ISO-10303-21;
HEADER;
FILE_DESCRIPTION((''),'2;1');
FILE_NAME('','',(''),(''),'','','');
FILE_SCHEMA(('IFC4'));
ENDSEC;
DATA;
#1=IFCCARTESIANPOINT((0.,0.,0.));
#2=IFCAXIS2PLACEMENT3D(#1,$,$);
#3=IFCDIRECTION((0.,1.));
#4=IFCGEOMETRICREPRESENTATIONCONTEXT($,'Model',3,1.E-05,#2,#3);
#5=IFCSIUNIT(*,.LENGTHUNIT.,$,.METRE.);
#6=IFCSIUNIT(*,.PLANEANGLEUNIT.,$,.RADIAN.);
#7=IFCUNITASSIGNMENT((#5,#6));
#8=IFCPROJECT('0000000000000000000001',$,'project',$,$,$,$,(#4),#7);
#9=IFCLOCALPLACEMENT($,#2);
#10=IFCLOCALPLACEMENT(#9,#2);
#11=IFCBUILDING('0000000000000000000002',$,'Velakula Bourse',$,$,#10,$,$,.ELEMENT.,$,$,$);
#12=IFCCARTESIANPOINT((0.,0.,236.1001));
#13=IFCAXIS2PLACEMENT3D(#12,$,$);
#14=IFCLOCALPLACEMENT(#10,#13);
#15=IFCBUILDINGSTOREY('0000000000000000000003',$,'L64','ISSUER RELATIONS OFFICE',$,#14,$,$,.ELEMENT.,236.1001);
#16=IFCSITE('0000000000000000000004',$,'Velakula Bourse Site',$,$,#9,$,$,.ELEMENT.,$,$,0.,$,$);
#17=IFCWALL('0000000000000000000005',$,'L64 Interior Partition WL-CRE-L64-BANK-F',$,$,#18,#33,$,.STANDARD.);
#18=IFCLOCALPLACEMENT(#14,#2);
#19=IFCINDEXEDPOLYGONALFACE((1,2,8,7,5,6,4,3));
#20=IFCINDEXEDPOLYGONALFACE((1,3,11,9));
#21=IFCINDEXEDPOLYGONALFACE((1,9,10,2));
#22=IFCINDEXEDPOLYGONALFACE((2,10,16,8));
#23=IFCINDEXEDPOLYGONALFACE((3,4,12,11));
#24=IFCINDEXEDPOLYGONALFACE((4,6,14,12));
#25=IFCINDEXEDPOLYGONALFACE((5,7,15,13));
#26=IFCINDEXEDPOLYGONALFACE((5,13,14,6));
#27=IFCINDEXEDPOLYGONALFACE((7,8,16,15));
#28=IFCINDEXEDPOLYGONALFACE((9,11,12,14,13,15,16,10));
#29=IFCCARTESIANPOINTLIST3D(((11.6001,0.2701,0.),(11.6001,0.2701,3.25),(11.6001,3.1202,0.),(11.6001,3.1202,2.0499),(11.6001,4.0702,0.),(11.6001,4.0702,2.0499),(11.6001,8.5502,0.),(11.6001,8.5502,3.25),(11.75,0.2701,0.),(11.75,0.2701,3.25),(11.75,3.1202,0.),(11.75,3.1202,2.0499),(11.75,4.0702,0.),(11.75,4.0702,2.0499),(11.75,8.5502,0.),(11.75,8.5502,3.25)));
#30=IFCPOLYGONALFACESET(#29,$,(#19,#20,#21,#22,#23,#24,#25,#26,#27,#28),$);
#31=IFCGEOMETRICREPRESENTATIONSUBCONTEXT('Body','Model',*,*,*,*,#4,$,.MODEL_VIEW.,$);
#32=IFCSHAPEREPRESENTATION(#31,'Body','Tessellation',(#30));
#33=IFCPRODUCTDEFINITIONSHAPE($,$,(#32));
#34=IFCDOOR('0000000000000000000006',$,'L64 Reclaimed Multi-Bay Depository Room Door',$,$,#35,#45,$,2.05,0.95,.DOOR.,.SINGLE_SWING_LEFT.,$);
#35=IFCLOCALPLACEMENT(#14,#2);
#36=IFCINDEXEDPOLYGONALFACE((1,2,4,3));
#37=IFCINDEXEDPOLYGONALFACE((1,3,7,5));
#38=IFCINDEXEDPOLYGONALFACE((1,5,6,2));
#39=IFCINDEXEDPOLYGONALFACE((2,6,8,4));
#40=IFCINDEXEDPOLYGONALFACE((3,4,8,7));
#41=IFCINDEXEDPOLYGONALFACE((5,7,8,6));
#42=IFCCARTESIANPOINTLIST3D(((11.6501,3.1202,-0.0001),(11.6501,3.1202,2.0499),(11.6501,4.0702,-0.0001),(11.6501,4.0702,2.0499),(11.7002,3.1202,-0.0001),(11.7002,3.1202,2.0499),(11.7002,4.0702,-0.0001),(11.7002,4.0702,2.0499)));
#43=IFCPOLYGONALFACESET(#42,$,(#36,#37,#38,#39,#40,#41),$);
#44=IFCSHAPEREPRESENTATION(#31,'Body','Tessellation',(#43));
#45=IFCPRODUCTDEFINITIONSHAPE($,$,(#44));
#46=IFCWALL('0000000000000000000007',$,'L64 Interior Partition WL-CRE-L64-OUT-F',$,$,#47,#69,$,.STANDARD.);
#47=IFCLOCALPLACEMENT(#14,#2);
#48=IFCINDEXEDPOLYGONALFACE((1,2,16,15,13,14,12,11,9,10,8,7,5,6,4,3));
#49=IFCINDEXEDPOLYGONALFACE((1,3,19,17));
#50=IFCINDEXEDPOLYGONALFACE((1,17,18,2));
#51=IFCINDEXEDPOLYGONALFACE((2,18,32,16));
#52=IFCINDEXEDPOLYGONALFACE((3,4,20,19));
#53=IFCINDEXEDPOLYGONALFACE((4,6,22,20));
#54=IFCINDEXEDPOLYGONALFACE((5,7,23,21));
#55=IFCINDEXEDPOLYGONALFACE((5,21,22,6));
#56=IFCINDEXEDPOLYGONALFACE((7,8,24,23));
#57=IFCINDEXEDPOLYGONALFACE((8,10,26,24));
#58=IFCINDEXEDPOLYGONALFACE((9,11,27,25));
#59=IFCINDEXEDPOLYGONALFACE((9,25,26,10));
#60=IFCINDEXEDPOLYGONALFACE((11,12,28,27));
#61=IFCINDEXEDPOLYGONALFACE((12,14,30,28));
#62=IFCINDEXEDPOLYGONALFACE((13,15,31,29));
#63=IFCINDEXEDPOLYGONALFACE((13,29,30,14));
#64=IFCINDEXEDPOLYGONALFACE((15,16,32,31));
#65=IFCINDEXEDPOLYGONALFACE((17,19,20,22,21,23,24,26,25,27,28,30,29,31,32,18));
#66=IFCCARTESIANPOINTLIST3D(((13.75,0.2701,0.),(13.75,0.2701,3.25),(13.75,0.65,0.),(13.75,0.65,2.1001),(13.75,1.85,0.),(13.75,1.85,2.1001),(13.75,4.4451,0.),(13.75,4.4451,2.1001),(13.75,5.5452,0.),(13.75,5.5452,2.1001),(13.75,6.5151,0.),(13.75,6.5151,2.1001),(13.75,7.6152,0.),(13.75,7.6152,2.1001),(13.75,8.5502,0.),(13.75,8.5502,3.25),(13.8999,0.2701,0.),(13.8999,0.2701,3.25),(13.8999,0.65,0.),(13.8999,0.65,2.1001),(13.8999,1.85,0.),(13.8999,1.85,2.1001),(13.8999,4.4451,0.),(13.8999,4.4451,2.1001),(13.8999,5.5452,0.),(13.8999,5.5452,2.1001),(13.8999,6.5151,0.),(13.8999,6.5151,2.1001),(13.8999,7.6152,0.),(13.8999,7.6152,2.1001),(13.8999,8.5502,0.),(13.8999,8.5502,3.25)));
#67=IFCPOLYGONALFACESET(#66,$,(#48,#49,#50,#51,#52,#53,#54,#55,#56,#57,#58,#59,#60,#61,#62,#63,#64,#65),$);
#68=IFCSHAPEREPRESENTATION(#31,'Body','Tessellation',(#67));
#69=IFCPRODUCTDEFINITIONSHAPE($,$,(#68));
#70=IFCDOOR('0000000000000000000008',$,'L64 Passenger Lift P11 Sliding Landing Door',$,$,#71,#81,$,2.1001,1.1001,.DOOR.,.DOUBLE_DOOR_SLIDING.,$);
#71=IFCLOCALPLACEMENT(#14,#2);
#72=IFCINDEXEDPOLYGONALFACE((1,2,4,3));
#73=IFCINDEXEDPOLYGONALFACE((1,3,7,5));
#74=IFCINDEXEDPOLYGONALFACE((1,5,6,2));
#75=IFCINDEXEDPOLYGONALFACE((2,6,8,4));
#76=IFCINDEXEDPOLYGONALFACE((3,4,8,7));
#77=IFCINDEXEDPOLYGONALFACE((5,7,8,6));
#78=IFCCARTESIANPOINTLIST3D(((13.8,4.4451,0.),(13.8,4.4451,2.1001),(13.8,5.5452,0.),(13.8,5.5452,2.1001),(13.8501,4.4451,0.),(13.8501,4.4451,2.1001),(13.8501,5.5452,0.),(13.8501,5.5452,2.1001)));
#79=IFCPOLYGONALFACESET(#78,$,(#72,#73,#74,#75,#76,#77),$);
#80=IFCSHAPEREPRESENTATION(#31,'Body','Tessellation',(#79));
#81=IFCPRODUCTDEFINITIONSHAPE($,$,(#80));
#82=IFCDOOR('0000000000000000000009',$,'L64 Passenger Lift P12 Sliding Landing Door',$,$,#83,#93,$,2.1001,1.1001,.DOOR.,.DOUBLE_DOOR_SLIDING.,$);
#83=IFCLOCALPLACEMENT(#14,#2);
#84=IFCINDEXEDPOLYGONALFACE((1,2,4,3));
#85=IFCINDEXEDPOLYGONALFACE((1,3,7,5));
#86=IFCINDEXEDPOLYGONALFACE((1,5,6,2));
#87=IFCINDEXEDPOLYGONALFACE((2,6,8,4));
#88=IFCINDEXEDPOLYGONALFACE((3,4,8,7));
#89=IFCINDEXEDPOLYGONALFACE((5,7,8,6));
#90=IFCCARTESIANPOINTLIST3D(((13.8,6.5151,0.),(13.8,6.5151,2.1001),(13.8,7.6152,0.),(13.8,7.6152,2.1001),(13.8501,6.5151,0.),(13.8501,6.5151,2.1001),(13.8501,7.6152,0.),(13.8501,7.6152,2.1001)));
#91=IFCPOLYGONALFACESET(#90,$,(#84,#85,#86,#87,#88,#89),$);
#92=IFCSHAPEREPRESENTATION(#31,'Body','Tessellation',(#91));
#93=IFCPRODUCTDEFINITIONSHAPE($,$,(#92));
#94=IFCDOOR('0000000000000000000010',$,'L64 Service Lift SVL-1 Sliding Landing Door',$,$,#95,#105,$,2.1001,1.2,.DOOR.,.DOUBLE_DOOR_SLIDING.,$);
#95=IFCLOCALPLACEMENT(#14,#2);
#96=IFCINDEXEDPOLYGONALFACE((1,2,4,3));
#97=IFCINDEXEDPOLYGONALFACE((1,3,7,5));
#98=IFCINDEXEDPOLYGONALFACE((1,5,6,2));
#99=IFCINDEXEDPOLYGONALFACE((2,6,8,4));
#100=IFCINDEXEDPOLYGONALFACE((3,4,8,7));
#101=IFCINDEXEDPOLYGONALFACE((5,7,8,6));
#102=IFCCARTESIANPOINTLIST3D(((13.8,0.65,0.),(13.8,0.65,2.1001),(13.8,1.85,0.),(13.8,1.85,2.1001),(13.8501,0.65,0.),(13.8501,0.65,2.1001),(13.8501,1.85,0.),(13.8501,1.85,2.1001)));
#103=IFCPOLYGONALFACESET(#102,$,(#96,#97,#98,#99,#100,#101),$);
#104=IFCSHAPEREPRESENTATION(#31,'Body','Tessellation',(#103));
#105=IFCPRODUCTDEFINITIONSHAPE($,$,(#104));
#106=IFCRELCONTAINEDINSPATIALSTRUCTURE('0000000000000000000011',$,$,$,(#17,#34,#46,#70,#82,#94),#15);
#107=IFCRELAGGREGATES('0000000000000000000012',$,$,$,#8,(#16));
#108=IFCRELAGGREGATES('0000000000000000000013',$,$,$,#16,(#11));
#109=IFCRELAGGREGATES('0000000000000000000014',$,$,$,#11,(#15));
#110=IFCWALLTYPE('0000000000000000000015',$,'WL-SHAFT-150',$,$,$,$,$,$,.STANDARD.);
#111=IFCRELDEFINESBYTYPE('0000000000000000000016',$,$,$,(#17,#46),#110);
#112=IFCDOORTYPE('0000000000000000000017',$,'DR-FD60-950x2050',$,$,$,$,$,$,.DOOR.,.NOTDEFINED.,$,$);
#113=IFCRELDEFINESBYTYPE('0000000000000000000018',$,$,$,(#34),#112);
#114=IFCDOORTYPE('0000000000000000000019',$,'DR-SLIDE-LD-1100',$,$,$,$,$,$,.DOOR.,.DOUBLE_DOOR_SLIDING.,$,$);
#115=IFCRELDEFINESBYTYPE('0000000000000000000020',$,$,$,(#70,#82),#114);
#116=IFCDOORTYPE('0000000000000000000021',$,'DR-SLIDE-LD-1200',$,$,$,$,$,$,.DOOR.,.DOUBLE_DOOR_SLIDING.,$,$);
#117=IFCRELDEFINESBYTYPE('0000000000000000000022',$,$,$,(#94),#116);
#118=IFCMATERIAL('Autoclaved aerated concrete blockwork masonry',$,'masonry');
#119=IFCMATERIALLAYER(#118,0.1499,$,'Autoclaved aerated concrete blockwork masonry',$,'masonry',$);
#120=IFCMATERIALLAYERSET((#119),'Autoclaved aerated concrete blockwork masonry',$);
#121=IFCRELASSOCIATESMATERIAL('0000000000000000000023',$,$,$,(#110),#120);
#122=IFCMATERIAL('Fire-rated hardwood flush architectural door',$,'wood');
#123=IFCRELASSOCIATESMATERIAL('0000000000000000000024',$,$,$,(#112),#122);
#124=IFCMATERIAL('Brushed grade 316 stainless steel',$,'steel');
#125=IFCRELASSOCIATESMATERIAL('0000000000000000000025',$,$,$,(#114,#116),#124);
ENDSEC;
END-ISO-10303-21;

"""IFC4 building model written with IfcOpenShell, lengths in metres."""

from ifc_helpers import new_model, si_unit, direction, frame, frame_2d, origin, place, context, subcontext, project, spatial, rectangle, extrude, material, layer, layer_set, type_object, element, fill, save


model = new_model("IFC4")

# Units and contexts
model_context = context("Model", 3, precision=1e-05, world=origin(), true_north=direction((0.0, 1.0)))
body_context = subcontext(model_context, "Body", "Model", "MODEL_VIEW")
ifc_project = project(units=[si_unit("LENGTHUNIT", "METRE"), si_unit("PLANEANGLEUNIT", "RADIAN")], contexts=[model_context])

# Site, building, storey
site_placement = place(None, origin())
site = spatial("IfcSite", under=ifc_project, at=site_placement, Name="Velakula Bourse Site", CompositionType="ELEMENT", RefElevation=0.0)
building_placement = place(site_placement, origin())
building = spatial("IfcBuilding", under=site, at=building_placement, Name="Velakula Bourse", CompositionType="ELEMENT")
storey_placement = place(building_placement, frame((0.0, 0.0, 236.1001)))
storey = spatial("IfcBuildingStorey", under=building, at=storey_placement, Name="L64", Description="ISSUER RELATIONS OFFICE", CompositionType="ELEMENT", Elevation=236.1001)

# Shared definitions
ifc_material_1 = material(Name="Fire-rated hardwood flush architectural door", Category="wood")

# Shared definitions
ifc_material_2 = material(Name="Autoclaved aerated concrete blockwork masonry", Category="masonry")
ifc_layer_1 = layer(ifc_material_2, 0.1499, Name="Autoclaved aerated concrete blockwork masonry", Category="masonry")
ifc_layer_set_1 = layer_set([ifc_layer_1], Name="Autoclaved aerated concrete blockwork masonry")
wall_type_1 = type_object("IfcWallType", Name="WL-SHAFT-150", PredefinedType="STANDARD", material=ifc_layer_set_1)

# Wall, opening, door
wall_1_placement = place(storey_placement, frame((11.675, 0.27, 0.0), z_axis=(0.0, 0.0, 1.0), x_axis=(0.0, 1.0, 0.0)))
wall_1 = element("IfcWall", 1, at=wall_1_placement, inside=storey, type_object=wall_type_1, Name="L64 Interior Partition WL-CRE-L64-BANK-F", PredefinedType="STANDARD", context=body_context, shape_type="SweptSolid", body=[
    extrude(rectangle(XDim=8.28, YDim=0.1499, at=frame_2d((4.1401, 0.0))), origin(), (0.0, 0.0, 1.0), 3.25),
])
opening_1_placement = place(wall_1_placement, frame((2.8501, 0.0, 0.0)))
opening_1 = element("IfcOpeningElement", 2, at=opening_1_placement, cuts=wall_1, PredefinedType="OPENING", context=body_context, shape_type="SweptSolid", body=[
    extrude(rectangle(XDim=0.95, YDim=2.05, at=frame_2d((0.4751, 1.0249))), frame((0.0, 0.085, 0.0), z_axis=(0.0, -1.0, 0.0), x_axis=(1.0, 0.0, 0.0)), (0.0, 0.0, 1.0), 0.1699),
])
door_type_1 = type_object("IfcDoorType", Name="DR-FD60-950x2050", OperationType="NOTDEFINED", PredefinedType="DOOR", material=ifc_material_1)
door_1_placement = place(opening_1_placement, origin())
door_1 = element("IfcDoor", 3, at=door_1_placement, inside=storey, type_object=door_type_1, Name="L64 Reclaimed Multi-Bay Depository Room Door", OperationType="SINGLE_SWING_LEFT", OverallHeight=2.05, OverallWidth=0.95, PredefinedType="DOOR", context=body_context, shape_type="SweptSolid", body=[
    extrude(rectangle(XDim=0.95, YDim=2.05, at=frame_2d((0.4751, 1.0249))), frame((0.0, 0.0249, 0.0), z_axis=(0.0, -1.0, 0.0), x_axis=(1.0, 0.0, 0.0)), (0.0, 0.0, 1.0), 0.05),
])
fill(opening_1, door_1)

# Wall, openings, doors
wall_2_placement = place(storey_placement, frame((13.825, 0.27, 0.0), z_axis=(0.0, 0.0, 1.0), x_axis=(0.0, 1.0, 0.0)))
wall_2 = element("IfcWall", 4, at=wall_2_placement, inside=storey, type_object=wall_type_1, Name="L64 Interior Partition WL-CRE-L64-OUT-F", PredefinedType="STANDARD", context=body_context, shape_type="SweptSolid", body=[
    extrude(rectangle(XDim=8.28, YDim=0.1499, at=frame_2d((4.1401, 0.0))), origin(), (0.0, 0.0, 1.0), 3.25),
])
opening_2_placement = place(wall_2_placement, frame((4.175, 0.0, 0.0)))
opening_2 = element("IfcOpeningElement", 5, at=opening_2_placement, cuts=wall_2, PredefinedType="OPENING", context=body_context, shape_type="SweptSolid", body=[
    extrude(rectangle(XDim=1.1001, YDim=2.1001, at=frame_2d((0.55, 1.05))), frame((0.0, 0.085, 0.0), z_axis=(0.0, -1.0, 0.0), x_axis=(1.0, 0.0, 0.0)), (0.0, 0.0, 1.0), 0.1699),
])
opening_3_placement = place(wall_2_placement, frame((6.2451, 0.0, 0.0)))
opening_3 = element("IfcOpeningElement", 6, at=opening_3_placement, cuts=wall_2, PredefinedType="OPENING", context=body_context, shape_type="SweptSolid", body=[
    extrude(rectangle(XDim=1.1001, YDim=2.1001, at=frame_2d((0.55, 1.05))), frame((0.0, 0.085, 0.0), z_axis=(0.0, -1.0, 0.0), x_axis=(1.0, 0.0, 0.0)), (0.0, 0.0, 1.0), 0.1699),
])
opening_4_placement = place(wall_2_placement, frame((0.3799, 0.0, 0.0)))
opening_4 = element("IfcOpeningElement", 7, at=opening_4_placement, cuts=wall_2, PredefinedType="OPENING", context=body_context, shape_type="SweptSolid", body=[
    extrude(rectangle(XDim=1.2, YDim=2.1001, at=frame_2d((0.6001, 1.05))), frame((0.0, 0.085, 0.0), z_axis=(0.0, -1.0, 0.0), x_axis=(1.0, 0.0, 0.0)), (0.0, 0.0, 1.0), 0.1699),
])
ifc_material_3 = material(Name="Brushed grade 316 stainless steel", Category="steel")
door_type_2 = type_object("IfcDoorType", Name="DR-SLIDE-LD-1100", OperationType="DOUBLE_DOOR_SLIDING", PredefinedType="DOOR", material=ifc_material_3)
door_2_placement = place(opening_2_placement, origin())
door_2 = element("IfcDoor", 8, at=door_2_placement, inside=storey, type_object=door_type_2, Name="L64 Passenger Lift P11 Sliding Landing Door", OperationType="DOUBLE_DOOR_SLIDING", OverallHeight=2.1001, OverallWidth=1.1001, PredefinedType="DOOR", context=body_context, shape_type="SweptSolid", body=[
    extrude(rectangle(XDim=1.1001, YDim=2.1001, at=frame_2d((0.55, 1.05))), frame((0.0, 0.0249, 0.0), z_axis=(0.0, -1.0, 0.0), x_axis=(1.0, 0.0, 0.0)), (0.0, 0.0, 1.0), 0.05),
])
fill(opening_2, door_2)
door_3_placement = place(opening_3_placement, origin())
door_3 = element("IfcDoor", 9, at=door_3_placement, inside=storey, type_object=door_type_2, Name="L64 Passenger Lift P12 Sliding Landing Door", OperationType="DOUBLE_DOOR_SLIDING", OverallHeight=2.1001, OverallWidth=1.1001, PredefinedType="DOOR", context=body_context, shape_type="SweptSolid", body=[
    extrude(rectangle(XDim=1.1001, YDim=2.1001, at=frame_2d((0.55, 1.05))), frame((0.0, 0.0249, 0.0), z_axis=(0.0, -1.0, 0.0), x_axis=(1.0, 0.0, 0.0)), (0.0, 0.0, 1.0), 0.05),
])
fill(opening_3, door_3)
door_type_3 = type_object("IfcDoorType", Name="DR-SLIDE-LD-1200", OperationType="DOUBLE_DOOR_SLIDING", PredefinedType="DOOR", material=ifc_material_3)
door_4_placement = place(opening_4_placement, origin())
door_4 = element("IfcDoor", 10, at=door_4_placement, inside=storey, type_object=door_type_3, Name="L64 Service Lift SVL-1 Sliding Landing Door", OperationType="DOUBLE_DOOR_SLIDING", OverallHeight=2.1001, OverallWidth=1.2, PredefinedType="DOOR", context=body_context, shape_type="SweptSolid", body=[
    extrude(rectangle(XDim=1.2, YDim=2.1001, at=frame_2d((0.6001, 1.05))), frame((0.0, 0.0249, 0.0), z_axis=(0.0, -1.0, 0.0), x_axis=(1.0, 0.0, 0.0)), (0.0, 0.0, 1.0), 0.05),
])
fill(opening_4, door_4)

save(model, "model.ifc")
